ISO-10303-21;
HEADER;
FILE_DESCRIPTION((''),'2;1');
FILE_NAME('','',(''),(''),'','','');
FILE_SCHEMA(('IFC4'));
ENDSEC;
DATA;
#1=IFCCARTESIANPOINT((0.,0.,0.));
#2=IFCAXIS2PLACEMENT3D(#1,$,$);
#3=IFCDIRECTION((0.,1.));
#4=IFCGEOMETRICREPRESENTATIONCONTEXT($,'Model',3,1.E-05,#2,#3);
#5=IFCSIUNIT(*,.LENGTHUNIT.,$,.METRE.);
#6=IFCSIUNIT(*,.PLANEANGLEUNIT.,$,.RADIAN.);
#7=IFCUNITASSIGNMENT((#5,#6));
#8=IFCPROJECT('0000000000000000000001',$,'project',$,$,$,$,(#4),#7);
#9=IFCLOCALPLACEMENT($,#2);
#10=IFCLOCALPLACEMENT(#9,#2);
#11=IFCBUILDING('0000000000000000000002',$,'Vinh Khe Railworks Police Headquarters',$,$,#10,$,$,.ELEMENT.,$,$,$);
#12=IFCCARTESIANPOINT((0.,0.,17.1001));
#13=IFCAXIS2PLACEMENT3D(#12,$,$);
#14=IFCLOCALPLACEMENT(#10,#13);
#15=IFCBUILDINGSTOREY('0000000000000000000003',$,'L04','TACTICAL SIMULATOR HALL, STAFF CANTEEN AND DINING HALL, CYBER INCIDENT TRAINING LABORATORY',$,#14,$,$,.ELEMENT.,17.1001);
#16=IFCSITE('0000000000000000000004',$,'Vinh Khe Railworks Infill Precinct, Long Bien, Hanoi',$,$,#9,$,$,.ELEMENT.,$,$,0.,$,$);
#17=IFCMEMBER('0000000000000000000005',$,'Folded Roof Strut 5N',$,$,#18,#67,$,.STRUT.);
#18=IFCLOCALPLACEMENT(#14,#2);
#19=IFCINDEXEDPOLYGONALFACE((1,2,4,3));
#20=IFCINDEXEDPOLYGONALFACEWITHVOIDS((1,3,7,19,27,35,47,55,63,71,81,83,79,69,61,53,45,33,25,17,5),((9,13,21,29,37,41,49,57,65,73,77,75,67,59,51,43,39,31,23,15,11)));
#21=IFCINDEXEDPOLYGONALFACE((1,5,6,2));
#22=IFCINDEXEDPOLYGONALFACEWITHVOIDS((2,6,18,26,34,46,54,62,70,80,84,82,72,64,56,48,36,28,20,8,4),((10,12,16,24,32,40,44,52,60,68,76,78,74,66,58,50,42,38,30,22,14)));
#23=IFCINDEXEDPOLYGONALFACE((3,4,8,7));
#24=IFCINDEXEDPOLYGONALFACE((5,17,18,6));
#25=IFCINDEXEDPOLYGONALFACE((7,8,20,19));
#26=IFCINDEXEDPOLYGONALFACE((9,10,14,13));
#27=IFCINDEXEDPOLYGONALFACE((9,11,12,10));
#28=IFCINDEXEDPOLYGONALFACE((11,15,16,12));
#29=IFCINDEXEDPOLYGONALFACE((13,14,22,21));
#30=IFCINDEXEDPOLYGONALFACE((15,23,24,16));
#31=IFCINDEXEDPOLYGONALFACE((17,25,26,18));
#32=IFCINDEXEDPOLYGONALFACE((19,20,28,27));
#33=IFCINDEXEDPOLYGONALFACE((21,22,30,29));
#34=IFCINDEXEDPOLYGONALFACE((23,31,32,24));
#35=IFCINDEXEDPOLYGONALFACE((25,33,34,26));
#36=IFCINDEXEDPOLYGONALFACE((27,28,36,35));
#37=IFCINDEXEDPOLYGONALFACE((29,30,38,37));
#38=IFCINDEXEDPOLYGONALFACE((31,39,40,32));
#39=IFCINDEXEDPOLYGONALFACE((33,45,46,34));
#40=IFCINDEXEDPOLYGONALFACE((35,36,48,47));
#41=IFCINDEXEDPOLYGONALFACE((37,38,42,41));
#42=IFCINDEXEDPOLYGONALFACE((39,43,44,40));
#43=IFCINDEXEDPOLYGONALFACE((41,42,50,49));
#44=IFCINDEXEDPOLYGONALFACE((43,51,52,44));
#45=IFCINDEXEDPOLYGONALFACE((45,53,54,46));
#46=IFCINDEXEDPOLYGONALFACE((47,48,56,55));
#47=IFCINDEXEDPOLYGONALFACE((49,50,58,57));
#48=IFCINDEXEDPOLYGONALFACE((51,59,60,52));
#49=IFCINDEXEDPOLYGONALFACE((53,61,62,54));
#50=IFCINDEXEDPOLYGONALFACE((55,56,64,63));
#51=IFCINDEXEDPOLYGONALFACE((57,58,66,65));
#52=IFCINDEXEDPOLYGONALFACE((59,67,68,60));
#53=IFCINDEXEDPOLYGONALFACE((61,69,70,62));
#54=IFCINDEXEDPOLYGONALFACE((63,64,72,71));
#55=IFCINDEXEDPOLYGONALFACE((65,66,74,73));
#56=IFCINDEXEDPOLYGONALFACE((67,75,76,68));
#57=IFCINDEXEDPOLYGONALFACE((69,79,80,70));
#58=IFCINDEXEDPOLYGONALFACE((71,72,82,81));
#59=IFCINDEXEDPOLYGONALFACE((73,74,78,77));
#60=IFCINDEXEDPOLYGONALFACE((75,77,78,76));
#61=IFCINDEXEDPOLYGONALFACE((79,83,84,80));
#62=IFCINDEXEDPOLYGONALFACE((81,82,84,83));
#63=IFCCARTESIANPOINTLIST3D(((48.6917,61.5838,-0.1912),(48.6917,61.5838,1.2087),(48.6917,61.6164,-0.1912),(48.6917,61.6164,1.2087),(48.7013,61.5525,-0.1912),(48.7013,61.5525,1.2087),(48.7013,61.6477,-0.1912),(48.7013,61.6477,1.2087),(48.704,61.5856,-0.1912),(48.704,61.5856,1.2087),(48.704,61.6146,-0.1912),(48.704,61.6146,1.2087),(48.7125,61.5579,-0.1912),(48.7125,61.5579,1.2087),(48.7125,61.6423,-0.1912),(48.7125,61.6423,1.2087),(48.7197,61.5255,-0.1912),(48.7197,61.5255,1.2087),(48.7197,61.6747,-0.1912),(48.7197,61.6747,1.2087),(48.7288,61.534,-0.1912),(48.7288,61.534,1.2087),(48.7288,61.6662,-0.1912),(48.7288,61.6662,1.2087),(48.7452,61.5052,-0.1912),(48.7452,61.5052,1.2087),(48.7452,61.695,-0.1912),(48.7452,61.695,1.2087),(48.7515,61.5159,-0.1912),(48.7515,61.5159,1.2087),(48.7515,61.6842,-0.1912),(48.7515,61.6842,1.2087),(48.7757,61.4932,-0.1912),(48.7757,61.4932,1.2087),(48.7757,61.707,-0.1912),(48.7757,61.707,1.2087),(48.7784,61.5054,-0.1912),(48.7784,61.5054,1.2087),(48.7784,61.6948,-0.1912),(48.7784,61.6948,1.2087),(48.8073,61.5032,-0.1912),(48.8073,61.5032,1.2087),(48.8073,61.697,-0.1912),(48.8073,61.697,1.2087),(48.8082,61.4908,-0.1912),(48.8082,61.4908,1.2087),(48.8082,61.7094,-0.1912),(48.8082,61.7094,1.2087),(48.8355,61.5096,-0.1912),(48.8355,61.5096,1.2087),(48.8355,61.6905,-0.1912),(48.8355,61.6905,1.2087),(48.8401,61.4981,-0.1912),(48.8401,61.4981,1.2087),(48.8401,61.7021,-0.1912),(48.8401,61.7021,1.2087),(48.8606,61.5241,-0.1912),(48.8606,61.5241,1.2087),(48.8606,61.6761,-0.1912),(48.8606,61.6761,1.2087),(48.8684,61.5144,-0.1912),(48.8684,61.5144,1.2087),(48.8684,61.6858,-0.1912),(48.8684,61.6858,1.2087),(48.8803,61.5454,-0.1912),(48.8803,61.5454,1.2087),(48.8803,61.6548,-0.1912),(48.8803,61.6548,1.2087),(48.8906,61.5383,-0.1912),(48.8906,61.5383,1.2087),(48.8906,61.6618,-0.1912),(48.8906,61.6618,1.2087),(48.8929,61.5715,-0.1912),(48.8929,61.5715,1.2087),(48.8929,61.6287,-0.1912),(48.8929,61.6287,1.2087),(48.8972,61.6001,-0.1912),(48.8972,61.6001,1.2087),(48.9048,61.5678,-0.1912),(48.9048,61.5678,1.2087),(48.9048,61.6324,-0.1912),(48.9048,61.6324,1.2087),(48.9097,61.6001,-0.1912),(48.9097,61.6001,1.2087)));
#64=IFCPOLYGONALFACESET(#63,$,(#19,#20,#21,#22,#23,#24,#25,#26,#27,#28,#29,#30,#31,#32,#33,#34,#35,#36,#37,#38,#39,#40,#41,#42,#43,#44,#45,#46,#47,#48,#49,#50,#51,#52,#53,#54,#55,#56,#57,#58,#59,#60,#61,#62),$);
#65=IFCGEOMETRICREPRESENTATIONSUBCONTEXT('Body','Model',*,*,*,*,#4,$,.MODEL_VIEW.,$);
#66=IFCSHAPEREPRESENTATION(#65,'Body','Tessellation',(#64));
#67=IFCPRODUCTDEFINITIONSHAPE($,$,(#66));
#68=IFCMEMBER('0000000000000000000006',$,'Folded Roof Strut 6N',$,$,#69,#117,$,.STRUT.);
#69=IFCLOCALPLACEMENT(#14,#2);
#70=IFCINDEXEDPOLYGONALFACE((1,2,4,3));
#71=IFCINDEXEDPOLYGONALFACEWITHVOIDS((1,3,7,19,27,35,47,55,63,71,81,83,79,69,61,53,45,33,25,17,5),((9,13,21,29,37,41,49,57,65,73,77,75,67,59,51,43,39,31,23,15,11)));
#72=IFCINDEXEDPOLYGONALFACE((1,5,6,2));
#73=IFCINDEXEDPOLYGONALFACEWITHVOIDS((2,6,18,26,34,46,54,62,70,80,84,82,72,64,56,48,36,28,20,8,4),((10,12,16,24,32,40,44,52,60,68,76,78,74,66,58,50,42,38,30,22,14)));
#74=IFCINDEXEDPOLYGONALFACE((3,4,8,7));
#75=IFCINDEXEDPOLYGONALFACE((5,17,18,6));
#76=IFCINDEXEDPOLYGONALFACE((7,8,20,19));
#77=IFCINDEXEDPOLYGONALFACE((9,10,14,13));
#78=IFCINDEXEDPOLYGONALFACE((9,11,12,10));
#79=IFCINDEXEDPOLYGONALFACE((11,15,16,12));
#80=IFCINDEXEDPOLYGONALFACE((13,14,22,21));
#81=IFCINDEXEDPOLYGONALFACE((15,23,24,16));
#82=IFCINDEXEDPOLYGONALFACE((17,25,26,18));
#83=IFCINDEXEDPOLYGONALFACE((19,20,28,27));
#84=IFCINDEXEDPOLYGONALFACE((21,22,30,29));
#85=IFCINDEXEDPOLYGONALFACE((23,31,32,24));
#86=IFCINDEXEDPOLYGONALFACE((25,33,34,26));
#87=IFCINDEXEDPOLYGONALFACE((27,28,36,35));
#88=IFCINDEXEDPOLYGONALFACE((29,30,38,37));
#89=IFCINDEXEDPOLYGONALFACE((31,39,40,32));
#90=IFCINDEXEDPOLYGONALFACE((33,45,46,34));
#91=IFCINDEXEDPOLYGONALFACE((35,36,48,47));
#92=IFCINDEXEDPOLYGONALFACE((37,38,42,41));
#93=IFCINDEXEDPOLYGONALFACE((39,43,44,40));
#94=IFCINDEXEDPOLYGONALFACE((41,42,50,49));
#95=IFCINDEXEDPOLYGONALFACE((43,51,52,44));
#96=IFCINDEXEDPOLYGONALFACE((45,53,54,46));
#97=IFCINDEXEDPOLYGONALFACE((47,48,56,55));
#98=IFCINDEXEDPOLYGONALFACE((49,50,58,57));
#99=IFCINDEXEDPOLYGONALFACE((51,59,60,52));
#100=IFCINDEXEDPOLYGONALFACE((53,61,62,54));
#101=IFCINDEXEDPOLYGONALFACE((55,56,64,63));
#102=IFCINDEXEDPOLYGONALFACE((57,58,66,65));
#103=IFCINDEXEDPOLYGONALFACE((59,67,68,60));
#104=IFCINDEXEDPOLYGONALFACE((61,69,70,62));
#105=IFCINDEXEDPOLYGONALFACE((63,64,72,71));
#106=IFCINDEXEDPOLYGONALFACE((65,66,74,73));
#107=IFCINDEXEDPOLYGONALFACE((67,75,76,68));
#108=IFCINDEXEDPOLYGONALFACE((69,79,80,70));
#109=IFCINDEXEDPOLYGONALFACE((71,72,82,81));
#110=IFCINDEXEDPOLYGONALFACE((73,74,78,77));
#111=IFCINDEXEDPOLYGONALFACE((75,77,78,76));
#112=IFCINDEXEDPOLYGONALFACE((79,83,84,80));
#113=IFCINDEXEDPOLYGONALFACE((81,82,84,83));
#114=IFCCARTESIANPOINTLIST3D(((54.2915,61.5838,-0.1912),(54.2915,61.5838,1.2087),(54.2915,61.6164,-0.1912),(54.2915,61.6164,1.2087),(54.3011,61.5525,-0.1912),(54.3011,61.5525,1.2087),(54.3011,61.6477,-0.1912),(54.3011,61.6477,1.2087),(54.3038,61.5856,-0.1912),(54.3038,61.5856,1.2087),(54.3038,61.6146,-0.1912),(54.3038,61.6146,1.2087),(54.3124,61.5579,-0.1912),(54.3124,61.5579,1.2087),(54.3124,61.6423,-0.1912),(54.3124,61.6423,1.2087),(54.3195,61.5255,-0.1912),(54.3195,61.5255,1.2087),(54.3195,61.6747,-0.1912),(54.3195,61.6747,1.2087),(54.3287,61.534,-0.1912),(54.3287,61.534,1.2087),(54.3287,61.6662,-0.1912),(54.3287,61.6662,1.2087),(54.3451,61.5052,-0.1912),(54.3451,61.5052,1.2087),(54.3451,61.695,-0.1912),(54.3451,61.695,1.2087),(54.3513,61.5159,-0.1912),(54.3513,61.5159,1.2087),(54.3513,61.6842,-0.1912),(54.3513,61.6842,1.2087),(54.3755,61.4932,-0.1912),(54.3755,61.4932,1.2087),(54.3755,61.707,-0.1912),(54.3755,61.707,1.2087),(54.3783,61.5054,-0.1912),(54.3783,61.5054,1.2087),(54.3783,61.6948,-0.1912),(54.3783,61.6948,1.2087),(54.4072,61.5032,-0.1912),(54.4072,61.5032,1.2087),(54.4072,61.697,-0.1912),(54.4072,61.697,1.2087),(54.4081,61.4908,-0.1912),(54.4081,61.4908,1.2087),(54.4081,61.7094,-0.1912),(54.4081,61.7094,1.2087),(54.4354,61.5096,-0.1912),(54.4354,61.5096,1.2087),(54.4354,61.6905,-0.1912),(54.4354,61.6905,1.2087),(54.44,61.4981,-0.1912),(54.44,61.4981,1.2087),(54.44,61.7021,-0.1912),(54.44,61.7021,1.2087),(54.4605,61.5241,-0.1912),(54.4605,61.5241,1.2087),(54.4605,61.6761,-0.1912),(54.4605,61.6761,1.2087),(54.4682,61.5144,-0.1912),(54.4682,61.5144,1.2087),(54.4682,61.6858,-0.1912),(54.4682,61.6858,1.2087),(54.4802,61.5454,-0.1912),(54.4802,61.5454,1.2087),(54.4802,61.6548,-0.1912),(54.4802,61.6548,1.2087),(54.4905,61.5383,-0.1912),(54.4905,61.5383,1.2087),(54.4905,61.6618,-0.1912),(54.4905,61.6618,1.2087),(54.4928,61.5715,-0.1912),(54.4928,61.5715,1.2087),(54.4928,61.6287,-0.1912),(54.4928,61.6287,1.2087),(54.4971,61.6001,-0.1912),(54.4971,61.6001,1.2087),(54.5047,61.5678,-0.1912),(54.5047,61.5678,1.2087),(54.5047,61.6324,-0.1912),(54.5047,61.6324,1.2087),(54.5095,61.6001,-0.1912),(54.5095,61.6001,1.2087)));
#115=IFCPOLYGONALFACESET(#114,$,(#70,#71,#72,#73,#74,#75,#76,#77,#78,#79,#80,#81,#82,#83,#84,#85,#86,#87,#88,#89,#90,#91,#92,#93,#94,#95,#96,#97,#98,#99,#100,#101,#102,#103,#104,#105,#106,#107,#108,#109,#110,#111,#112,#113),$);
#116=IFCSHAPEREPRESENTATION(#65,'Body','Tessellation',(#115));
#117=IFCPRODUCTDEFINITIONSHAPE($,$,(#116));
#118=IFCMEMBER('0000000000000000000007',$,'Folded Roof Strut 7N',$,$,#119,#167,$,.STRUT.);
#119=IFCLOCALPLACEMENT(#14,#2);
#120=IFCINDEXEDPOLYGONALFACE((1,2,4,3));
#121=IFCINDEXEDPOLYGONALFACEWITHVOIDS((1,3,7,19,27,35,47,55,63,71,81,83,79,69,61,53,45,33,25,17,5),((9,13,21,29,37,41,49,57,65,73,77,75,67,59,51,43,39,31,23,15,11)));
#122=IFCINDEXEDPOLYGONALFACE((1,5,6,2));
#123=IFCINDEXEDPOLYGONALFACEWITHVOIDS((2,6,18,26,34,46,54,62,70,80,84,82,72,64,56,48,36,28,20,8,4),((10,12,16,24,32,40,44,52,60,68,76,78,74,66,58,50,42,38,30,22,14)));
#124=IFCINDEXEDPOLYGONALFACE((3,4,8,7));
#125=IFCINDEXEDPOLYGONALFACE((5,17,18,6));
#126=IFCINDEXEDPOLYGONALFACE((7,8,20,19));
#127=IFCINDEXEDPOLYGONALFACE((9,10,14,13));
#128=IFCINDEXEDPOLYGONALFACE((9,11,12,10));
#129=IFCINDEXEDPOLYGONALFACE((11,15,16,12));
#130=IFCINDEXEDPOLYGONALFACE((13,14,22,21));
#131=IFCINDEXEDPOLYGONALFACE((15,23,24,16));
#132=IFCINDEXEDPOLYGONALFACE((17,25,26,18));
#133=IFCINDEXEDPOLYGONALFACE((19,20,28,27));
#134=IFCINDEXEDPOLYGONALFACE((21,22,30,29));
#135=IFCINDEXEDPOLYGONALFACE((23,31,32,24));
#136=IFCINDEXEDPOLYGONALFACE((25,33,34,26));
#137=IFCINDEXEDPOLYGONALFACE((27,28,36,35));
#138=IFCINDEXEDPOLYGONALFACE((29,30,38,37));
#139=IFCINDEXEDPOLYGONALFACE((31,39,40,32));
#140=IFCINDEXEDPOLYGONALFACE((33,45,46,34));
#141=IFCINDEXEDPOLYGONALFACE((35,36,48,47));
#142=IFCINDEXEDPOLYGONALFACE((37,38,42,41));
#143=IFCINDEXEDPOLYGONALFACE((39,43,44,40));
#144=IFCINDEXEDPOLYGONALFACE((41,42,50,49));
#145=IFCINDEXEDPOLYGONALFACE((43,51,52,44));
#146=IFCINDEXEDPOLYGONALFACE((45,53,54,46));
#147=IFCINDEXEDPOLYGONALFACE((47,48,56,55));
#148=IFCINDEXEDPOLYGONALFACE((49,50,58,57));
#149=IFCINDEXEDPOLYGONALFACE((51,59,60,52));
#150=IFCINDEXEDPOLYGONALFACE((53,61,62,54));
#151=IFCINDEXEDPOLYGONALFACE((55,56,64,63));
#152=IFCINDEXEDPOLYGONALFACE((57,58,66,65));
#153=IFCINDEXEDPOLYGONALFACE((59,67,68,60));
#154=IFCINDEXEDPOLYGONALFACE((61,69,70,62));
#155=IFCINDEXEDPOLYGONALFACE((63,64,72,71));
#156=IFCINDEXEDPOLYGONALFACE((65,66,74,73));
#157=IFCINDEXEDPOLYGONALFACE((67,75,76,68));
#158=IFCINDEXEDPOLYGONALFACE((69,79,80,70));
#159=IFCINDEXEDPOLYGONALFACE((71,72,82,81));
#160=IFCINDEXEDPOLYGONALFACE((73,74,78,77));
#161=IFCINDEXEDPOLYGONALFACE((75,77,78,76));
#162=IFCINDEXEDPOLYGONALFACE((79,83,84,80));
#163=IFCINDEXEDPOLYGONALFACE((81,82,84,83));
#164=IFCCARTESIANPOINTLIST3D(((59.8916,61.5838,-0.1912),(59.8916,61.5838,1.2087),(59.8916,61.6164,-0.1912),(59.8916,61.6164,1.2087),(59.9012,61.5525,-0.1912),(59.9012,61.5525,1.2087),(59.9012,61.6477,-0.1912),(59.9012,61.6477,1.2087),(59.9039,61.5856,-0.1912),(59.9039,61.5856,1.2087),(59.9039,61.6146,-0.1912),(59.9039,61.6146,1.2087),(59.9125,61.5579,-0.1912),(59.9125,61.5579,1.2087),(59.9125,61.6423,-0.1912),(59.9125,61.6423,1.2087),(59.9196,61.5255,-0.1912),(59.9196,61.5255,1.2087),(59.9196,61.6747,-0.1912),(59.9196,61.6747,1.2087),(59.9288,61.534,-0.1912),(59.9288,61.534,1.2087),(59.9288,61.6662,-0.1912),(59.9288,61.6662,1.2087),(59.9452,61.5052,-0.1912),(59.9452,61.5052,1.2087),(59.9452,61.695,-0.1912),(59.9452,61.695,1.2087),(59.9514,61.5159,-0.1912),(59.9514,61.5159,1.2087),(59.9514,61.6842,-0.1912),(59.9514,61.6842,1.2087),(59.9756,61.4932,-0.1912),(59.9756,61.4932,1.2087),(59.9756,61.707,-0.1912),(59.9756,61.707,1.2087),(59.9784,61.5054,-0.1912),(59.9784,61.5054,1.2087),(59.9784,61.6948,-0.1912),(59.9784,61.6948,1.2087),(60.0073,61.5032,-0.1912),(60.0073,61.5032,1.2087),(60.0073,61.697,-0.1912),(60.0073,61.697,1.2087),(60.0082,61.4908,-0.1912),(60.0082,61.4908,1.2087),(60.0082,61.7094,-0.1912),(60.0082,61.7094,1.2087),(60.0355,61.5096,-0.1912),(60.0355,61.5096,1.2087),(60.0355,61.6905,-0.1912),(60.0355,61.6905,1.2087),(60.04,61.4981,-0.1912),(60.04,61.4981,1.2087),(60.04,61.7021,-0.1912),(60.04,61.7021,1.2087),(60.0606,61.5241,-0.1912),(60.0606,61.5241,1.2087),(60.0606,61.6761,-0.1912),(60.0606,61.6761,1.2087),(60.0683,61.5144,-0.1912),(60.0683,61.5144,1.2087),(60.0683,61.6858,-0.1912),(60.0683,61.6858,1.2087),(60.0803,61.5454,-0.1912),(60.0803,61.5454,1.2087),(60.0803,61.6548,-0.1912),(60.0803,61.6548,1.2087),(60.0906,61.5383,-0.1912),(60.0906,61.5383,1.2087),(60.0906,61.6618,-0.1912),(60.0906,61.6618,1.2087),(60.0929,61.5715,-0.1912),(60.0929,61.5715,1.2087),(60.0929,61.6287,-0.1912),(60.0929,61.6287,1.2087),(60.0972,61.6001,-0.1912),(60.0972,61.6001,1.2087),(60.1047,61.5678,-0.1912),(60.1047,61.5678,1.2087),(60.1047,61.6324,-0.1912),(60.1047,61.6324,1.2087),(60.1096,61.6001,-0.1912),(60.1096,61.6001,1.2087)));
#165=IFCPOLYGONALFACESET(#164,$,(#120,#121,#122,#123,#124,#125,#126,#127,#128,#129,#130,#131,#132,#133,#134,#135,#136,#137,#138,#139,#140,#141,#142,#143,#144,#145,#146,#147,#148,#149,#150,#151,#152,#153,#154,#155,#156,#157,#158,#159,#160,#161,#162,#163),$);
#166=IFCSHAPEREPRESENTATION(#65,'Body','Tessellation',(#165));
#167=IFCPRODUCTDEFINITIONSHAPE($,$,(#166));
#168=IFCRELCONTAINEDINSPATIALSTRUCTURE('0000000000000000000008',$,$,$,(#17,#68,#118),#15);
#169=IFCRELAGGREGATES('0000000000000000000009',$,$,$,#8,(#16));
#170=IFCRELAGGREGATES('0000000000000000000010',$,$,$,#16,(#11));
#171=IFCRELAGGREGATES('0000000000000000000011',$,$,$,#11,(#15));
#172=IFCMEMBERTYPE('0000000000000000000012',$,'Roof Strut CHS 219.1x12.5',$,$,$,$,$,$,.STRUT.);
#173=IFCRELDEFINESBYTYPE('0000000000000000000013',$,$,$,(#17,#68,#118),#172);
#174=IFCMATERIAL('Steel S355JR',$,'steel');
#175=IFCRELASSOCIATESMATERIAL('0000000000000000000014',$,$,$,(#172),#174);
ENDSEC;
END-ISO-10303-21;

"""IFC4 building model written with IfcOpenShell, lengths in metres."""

from ifc_helpers import new_model, si_unit, direction, frame, origin, origin_2d, place, context, subcontext, project, spatial, hollow_circle, extrude, material, material_profile, profile_set, type_object, element, save


model = new_model("IFC4")

# Units and contexts
model_context = context("Model", 3, precision=1e-05, world=origin(), true_north=direction((0.0, 1.0)))
body_context = subcontext(model_context, "Body", "Model", "MODEL_VIEW")
ifc_project = project(units=[si_unit("LENGTHUNIT", "METRE"), si_unit("PLANEANGLEUNIT", "RADIAN")], contexts=[model_context])

# Site, building, storey
site_placement = place(None, origin())
site = spatial("IfcSite", under=ifc_project, at=site_placement, Name="Vinh Khe Railworks Infill Precinct, Long Bien, Hanoi", CompositionType="ELEMENT", RefElevation=0.0)
building_placement = place(site_placement, origin())
building = spatial("IfcBuilding", under=site, at=building_placement, Name="Vinh Khe Railworks Police Headquarters", CompositionType="ELEMENT")
storey_placement = place(building_placement, frame((0.0, 0.0, 17.1001)))
storey = spatial("IfcBuildingStorey", under=building, at=storey_placement, Name="L04", Description="TACTICAL SIMULATOR HALL, STAFF CANTEEN AND DINING HALL, CYBER INCIDENT TRAINING LABORATORY", CompositionType="ELEMENT", Elevation=17.1001)

# Members
ifc_material = material(Name="Steel S355JR", Category="steel")
ifc_material_profile_1 = material_profile(ifc_material, hollow_circle(Radius=0.1096, WallThickness=0.0125, at=origin_2d()), Name="CHS 219.1x12.5")
ifc_profile_set_1 = profile_set([ifc_material_profile_1], Name="Steel S355JR")
member_type = type_object("IfcMemberType", Name="Roof Strut CHS 219.1x12.5", PredefinedType="STRUT", material=ifc_profile_set_1)
for number, where, z_axis, x_axis, name in (
    (1, (48.8, 61.6001, -0.1912), (0.0, 0.0, 1.0), (1.0, 0.0, 0.0), "Folded Roof Strut 5N"),
    (2, (54.3999, 61.6001, -0.1912), (0.0, 0.0, 1.0), (1.0, 0.0, 0.0), "Folded Roof Strut 6N"),
    (3, (60.0, 61.6001, -0.1912), (0.0, 0.0, 1.0), (1.0, 0.0, 0.0), "Folded Roof Strut 7N"),
):
    element("IfcMember", number, at=place(storey_placement, frame(where, z_axis=z_axis, x_axis=x_axis)), inside=storey, type_object=member_type, Name=name, PredefinedType="STRUT", context=body_context, shape_type="SweptSolid", body=[
        extrude(hollow_circle(Radius=0.1096, WallThickness=0.0125, at=origin_2d()), origin(), (0.0, 0.0, 1.0), 1.3999),
    ])

save(model, "model.ifc")
